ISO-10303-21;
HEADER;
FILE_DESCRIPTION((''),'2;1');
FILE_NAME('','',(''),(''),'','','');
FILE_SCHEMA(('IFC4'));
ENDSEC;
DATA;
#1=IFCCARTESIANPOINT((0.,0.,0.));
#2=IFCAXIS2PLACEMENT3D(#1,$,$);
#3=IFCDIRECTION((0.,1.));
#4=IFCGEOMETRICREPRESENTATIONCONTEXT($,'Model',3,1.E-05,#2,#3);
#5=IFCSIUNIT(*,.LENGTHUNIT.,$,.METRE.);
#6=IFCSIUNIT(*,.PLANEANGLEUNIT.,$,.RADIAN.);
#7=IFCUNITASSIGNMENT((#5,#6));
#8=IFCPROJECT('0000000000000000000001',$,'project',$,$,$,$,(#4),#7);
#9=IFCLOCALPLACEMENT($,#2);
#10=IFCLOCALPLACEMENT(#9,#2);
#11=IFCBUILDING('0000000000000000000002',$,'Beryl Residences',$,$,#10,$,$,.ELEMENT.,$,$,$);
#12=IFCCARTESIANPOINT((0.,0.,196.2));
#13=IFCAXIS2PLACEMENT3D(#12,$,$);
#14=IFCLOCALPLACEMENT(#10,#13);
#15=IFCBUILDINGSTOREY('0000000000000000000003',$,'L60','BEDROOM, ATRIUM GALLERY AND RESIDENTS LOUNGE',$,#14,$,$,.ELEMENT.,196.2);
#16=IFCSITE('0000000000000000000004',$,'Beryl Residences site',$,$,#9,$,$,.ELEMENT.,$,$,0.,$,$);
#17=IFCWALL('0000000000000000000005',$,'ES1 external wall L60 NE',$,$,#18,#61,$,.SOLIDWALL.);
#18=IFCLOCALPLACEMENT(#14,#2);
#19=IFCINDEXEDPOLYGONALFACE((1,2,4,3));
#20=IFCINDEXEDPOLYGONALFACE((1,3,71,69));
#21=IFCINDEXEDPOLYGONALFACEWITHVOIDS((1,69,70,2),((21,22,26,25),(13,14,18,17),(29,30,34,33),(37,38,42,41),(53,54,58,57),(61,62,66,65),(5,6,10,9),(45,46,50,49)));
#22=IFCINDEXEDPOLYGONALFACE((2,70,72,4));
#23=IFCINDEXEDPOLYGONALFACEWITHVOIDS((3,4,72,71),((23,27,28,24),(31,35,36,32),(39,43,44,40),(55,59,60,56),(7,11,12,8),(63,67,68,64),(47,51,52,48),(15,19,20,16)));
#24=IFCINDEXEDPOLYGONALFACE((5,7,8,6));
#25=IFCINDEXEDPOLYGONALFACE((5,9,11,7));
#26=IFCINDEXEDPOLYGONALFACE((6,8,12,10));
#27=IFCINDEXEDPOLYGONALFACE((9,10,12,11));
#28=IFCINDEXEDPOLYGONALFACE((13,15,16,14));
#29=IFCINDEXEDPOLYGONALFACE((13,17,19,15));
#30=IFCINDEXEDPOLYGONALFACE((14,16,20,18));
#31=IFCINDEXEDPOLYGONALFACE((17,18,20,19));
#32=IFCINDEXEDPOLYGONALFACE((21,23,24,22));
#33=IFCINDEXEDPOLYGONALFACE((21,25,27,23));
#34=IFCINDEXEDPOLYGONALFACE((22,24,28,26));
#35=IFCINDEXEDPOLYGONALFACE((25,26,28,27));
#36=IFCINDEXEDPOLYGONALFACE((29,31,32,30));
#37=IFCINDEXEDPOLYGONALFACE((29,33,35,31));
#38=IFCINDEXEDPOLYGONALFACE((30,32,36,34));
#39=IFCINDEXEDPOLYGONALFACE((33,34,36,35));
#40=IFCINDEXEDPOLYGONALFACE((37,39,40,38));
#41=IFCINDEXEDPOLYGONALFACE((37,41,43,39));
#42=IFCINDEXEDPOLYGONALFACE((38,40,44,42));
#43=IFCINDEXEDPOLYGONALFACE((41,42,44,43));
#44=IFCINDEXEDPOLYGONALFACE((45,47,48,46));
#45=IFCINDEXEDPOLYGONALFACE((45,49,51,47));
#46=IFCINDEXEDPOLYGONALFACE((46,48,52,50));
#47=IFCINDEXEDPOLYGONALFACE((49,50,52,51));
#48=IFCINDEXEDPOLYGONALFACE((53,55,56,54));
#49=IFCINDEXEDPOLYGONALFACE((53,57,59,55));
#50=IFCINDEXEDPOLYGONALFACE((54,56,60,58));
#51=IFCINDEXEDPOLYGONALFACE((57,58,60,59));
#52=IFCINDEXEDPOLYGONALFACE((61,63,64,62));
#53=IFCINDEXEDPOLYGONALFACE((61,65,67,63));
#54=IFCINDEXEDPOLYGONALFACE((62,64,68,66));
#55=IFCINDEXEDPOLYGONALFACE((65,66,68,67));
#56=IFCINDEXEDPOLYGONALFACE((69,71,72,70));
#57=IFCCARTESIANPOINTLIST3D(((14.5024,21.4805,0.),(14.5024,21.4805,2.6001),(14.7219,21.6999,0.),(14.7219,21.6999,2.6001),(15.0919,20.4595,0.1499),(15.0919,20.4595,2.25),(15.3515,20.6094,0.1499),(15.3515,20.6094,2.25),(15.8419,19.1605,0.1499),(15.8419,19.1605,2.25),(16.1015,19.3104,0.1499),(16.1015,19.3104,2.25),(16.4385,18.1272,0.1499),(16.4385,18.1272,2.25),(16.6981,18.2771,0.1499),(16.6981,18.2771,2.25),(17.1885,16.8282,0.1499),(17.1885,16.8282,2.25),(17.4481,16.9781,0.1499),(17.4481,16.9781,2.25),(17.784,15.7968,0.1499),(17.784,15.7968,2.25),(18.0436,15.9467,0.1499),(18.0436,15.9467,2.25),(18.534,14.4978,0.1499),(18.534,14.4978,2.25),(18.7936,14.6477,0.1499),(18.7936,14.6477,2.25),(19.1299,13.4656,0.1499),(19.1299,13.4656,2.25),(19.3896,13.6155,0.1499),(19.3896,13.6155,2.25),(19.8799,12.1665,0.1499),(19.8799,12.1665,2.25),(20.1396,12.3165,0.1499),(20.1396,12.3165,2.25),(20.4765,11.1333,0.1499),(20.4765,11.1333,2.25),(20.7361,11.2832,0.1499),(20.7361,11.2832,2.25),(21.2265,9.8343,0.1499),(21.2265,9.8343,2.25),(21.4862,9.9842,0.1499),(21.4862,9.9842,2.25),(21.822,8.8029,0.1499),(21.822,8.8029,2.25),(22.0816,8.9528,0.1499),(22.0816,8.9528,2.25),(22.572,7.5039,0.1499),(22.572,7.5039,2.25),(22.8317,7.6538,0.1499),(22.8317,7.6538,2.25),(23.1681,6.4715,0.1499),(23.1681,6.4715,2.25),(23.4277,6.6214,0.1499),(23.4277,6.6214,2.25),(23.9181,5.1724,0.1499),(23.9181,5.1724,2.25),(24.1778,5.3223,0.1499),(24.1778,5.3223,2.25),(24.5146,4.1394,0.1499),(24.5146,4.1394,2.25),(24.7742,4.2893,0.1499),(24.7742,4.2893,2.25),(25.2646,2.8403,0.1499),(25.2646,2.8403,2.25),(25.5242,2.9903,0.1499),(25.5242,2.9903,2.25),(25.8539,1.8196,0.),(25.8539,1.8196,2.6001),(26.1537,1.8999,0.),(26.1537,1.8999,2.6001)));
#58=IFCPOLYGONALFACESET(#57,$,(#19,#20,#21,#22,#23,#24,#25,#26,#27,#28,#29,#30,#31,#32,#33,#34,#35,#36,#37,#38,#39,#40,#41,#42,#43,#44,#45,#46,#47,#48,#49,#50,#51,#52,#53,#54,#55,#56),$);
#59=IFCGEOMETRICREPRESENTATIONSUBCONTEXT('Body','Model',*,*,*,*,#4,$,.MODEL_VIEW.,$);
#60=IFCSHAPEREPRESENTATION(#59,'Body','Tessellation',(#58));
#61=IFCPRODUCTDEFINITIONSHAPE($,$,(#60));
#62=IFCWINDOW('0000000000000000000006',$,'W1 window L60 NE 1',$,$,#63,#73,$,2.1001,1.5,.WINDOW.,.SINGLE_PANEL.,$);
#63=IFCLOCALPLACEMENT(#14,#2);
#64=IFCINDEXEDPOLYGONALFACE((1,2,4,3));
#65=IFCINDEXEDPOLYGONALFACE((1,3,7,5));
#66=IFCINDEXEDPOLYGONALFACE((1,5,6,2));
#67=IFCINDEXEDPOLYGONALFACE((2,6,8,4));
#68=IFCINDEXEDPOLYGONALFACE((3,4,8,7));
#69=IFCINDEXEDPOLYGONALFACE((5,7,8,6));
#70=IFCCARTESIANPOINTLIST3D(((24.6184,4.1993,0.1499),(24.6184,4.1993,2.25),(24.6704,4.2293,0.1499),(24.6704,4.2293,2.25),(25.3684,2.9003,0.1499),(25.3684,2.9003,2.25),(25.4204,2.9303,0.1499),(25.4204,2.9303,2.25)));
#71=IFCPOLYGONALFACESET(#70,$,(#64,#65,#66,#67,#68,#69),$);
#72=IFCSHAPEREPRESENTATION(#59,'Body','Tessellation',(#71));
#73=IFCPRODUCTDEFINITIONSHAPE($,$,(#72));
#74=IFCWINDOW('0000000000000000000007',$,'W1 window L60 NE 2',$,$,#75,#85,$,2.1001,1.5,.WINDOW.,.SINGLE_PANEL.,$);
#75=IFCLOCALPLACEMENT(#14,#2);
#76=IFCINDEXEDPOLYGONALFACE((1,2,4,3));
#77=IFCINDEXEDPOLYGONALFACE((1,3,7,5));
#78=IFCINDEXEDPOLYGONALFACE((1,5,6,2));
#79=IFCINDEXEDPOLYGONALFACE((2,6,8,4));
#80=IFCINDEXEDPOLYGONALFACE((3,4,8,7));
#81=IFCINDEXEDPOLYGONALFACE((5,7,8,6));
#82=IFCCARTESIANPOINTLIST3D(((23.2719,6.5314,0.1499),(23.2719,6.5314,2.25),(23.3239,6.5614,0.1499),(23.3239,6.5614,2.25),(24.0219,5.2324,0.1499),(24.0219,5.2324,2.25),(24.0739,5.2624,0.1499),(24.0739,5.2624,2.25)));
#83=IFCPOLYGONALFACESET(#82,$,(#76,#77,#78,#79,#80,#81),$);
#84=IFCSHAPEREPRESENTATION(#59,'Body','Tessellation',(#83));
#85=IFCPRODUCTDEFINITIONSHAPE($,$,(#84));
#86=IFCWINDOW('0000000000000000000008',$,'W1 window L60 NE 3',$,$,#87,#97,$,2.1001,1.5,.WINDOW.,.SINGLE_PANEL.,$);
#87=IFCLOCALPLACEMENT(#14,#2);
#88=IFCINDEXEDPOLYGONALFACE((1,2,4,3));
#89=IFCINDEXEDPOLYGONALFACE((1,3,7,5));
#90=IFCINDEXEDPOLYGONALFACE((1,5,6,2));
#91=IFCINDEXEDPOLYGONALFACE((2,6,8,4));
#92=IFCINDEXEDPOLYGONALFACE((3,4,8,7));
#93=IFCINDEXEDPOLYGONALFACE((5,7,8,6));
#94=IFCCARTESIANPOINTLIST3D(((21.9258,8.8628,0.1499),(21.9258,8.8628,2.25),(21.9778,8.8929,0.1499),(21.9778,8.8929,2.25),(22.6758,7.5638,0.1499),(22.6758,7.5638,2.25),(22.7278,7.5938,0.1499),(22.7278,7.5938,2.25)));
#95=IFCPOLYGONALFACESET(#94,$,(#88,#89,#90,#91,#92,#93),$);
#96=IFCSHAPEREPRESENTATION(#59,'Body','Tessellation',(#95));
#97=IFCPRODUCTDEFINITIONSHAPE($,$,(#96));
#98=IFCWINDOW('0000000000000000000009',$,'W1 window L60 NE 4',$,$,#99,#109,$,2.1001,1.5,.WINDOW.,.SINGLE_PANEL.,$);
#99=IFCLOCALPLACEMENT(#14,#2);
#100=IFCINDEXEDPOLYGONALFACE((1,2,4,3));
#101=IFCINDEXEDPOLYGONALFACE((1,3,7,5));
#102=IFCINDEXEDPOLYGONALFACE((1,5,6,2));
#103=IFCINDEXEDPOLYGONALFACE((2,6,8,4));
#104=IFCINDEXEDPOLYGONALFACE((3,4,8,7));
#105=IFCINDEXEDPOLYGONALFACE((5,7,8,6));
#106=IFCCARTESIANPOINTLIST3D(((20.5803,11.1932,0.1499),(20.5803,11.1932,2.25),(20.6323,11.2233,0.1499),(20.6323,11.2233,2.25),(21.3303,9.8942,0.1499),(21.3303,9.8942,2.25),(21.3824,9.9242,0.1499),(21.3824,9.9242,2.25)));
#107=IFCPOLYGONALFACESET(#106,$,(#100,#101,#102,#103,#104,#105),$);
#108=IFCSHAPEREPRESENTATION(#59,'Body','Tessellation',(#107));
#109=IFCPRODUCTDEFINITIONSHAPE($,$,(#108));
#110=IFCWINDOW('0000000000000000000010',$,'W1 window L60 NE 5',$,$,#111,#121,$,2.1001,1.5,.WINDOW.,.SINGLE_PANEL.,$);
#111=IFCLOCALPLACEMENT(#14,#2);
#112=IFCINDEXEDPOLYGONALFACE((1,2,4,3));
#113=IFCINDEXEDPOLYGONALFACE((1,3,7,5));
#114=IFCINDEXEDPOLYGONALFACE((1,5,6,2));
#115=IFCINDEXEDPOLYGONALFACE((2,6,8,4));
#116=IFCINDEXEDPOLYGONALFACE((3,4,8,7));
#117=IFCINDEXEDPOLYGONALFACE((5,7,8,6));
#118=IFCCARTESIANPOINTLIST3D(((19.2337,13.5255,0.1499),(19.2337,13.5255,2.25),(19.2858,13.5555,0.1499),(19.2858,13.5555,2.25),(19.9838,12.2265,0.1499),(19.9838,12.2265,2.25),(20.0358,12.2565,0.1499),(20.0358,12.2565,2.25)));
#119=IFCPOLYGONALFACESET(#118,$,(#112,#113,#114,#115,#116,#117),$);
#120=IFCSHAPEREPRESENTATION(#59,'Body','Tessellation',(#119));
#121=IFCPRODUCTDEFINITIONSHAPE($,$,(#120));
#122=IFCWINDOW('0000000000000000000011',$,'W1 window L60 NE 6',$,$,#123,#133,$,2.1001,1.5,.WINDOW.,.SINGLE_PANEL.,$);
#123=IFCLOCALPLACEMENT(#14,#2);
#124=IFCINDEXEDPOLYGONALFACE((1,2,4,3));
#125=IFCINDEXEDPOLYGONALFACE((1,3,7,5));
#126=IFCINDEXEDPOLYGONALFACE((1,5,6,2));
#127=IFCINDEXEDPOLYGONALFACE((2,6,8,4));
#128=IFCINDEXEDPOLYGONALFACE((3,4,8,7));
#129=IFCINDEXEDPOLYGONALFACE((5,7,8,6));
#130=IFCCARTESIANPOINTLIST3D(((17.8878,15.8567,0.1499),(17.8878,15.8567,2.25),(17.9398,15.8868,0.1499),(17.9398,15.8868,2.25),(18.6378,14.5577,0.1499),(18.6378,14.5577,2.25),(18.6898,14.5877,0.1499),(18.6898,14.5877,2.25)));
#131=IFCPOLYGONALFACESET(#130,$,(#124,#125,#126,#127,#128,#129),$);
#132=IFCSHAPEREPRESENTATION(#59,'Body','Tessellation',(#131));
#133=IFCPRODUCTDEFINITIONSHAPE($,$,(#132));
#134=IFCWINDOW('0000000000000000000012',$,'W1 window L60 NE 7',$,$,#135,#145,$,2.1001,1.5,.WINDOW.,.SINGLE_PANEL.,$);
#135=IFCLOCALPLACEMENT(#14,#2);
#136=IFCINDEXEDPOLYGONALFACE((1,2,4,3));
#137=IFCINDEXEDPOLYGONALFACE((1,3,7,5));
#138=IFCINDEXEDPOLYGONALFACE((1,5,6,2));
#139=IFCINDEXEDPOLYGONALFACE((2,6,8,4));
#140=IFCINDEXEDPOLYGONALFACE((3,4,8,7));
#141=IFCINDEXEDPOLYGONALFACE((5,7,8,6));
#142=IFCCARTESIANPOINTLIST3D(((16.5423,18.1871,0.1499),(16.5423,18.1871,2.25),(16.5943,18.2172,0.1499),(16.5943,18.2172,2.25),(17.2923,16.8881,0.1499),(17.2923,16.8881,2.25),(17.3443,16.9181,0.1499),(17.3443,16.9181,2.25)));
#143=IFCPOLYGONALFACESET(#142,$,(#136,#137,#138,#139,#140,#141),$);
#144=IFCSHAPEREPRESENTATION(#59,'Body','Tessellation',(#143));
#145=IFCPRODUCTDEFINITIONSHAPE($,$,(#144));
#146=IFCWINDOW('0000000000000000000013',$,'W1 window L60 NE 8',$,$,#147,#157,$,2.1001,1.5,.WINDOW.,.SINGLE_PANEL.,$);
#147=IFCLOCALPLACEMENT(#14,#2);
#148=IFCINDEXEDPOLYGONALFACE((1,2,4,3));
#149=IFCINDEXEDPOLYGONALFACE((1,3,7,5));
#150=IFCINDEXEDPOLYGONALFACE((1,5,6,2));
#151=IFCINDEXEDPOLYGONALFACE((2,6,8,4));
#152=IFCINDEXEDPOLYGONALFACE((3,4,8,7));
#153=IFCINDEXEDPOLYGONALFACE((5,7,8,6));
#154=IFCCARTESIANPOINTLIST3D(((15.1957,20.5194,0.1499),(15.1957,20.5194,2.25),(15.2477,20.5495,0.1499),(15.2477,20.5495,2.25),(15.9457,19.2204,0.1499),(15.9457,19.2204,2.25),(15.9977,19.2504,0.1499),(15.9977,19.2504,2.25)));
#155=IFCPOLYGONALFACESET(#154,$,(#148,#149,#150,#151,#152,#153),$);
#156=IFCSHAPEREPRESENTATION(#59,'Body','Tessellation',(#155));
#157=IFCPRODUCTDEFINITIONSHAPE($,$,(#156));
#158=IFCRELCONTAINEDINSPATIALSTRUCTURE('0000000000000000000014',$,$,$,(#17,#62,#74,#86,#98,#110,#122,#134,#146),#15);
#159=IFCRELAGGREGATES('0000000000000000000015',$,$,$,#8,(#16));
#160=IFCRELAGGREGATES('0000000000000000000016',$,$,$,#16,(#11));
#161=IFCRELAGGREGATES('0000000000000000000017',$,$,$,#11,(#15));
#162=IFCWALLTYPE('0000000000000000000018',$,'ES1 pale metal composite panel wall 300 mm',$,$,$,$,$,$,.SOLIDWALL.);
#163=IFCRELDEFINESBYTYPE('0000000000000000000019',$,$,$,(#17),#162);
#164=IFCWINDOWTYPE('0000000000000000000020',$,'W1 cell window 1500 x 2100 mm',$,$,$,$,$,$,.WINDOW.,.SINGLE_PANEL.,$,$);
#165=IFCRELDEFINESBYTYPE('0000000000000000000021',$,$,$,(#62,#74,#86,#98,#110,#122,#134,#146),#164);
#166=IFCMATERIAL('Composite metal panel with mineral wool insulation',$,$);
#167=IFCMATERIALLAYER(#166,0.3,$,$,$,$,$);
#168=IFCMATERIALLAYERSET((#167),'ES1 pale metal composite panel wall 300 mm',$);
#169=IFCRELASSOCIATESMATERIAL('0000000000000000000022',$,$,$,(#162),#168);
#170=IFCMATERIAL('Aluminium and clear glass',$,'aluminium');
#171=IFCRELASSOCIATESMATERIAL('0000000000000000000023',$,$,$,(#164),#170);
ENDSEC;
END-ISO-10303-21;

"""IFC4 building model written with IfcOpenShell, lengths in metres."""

from ifc_helpers import new_model, si_unit, direction, frame, frame_2d, origin, place, context, subcontext, project, spatial, polyline, rectangle, outline, extrude, material, layer, layer_set, type_object, element, fill, save


model = new_model("IFC4")

# Units and contexts
model_context = context("Model", 3, precision=1e-05, world=origin(), true_north=direction((0.0, 1.0)))
body_context = subcontext(model_context, "Body", "Model", "MODEL_VIEW")
ifc_project = project(units=[si_unit("LENGTHUNIT", "METRE"), si_unit("PLANEANGLEUNIT", "RADIAN")], contexts=[model_context])

# Site, building, storey
site_placement = place(None, origin())
site = spatial("IfcSite", under=ifc_project, at=site_placement, Name="Beryl Residences site", CompositionType="ELEMENT", RefElevation=0.0)
building_placement = place(site_placement, origin())
building = spatial("IfcBuilding", under=site, at=building_placement, Name="Beryl Residences", CompositionType="ELEMENT")
storey_placement = place(building_placement, frame((0.0, 0.0, 196.2)))
storey = spatial("IfcBuildingStorey", under=building, at=storey_placement, Name="L60", Description="BEDROOM, ATRIUM GALLERY AND RESIDENTS LOUNGE", CompositionType="ELEMENT", Elevation=196.2)

# Wall, openings, windows
ifc_material_1 = material(Name="Composite metal panel with mineral wool insulation")
ifc_layer_1 = layer(ifc_material_1, 0.3)
ifc_layer_set_1 = layer_set([ifc_layer_1], Name="ES1 pale metal composite panel wall 300 mm")
wall_type_1 = type_object("IfcWallType", Name="ES1 pale metal composite panel wall 300 mm", PredefinedType="SOLIDWALL", material=ifc_layer_set_1)
wall_1_placement = place(storey_placement, frame((26.0239, 1.825, 0.0), z_axis=(0.0, 0.0, 1.0), x_axis=(-0.500011, 0.866019, 0.0)))
wall_1 = element("IfcWall", 1, at=wall_1_placement, inside=storey, type_object=wall_type_1, Name="ES1 external wall L60 NE", PredefinedType="SOLIDWALL", context=body_context, shape_type="SweptSolid", body=[
    extrude(outline(polyline([(0.0, -0.1499), (22.8633, -0.1499), (22.783, 0.1499), (0.0803, 0.1499), (0.0, -0.1499)])), origin(), (0.0, 0.0, 1.0), 2.6001),
])
opening_1_placement = place(wall_1_placement, frame((1.259, 0.0, 0.1499)))
opening_1 = element("IfcOpeningElement", 2, at=opening_1_placement, cuts=wall_1, PredefinedType="OPENING", context=body_context, shape_type="SweptSolid", body=[
    extrude(rectangle(XDim=1.5, YDim=2.1001, at=frame_2d((0.75, 1.05))), frame((0.0, 0.1599, 0.0), z_axis=(0.0, -1.0, 0.0), x_axis=(1.0, 0.0, 0.0)), (0.0, 0.0, 1.0), 0.3201),
])
opening_2_placement = place(wall_1_placement, frame((3.9519, 0.0, 0.1499)))
opening_2 = element("IfcOpeningElement", 3, at=opening_2_placement, cuts=wall_1, PredefinedType="OPENING", context=body_context, shape_type="SweptSolid", body=[
    extrude(rectangle(XDim=1.5, YDim=2.1001, at=frame_2d((0.75, 1.05))), frame((0.0, 0.1599, 0.0), z_axis=(0.0, -1.0, 0.0), x_axis=(1.0, 0.0, 0.0)), (0.0, 0.0, 1.0), 0.3201),
])
opening_3_placement = place(wall_1_placement, frame((6.644, 0.0, 0.1499)))
opening_3 = element("IfcOpeningElement", 4, at=opening_3_placement, cuts=wall_1, PredefinedType="OPENING", context=body_context, shape_type="SweptSolid", body=[
    extrude(rectangle(XDim=1.5, YDim=2.1001, at=frame_2d((0.75, 1.05))), frame((0.0, 0.1599, 0.0), z_axis=(0.0, -1.0, 0.0), x_axis=(1.0, 0.0, 0.0)), (0.0, 0.0, 1.0), 0.3201),
])
opening_4_placement = place(wall_1_placement, frame((9.335, 0.0, 0.1499)))
opening_4 = element("IfcOpeningElement", 5, at=opening_4_placement, cuts=wall_1, PredefinedType="OPENING", context=body_context, shape_type="SweptSolid", body=[
    extrude(rectangle(XDim=1.5, YDim=2.1001, at=frame_2d((0.75, 1.05))), frame((0.0, 0.1599, 0.0), z_axis=(0.0, -1.0, 0.0), x_axis=(1.0, 0.0, 0.0)), (0.0, 0.0, 1.0), 0.3201),
])
opening_5_placement = place(wall_1_placement, frame((12.0281, 0.0, 0.1499)))
opening_5 = element("IfcOpeningElement", 6, at=opening_5_placement, cuts=wall_1, PredefinedType="OPENING", context=body_context, shape_type="SweptSolid", body=[
    extrude(rectangle(XDim=1.5, YDim=2.1001, at=frame_2d((0.75, 1.05))), frame((0.0, 0.1599, 0.0), z_axis=(0.0, -1.0, 0.0), x_axis=(1.0, 0.0, 0.0)), (0.0, 0.0, 1.0), 0.3201),
])
opening_6_placement = place(wall_1_placement, frame((14.72, 0.0, 0.1499)))
opening_6 = element("IfcOpeningElement", 7, at=opening_6_placement, cuts=wall_1, PredefinedType="OPENING", context=body_context, shape_type="SweptSolid", body=[
    extrude(rectangle(XDim=1.5, YDim=2.1001, at=frame_2d((0.75, 1.05))), frame((0.0, 0.1599, 0.0), z_axis=(0.0, -1.0, 0.0), x_axis=(1.0, 0.0, 0.0)), (0.0, 0.0, 1.0), 0.3201),
])
opening_7_placement = place(wall_1_placement, frame((17.4109, 0.0, 0.1499)))
opening_7 = element("IfcOpeningElement", 8, at=opening_7_placement, cuts=wall_1, PredefinedType="OPENING", context=body_context, shape_type="SweptSolid", body=[
    extrude(rectangle(XDim=1.5, YDim=2.1001, at=frame_2d((0.75, 1.05))), frame((0.0, 0.1599, 0.0), z_axis=(0.0, -1.0, 0.0), x_axis=(1.0, 0.0, 0.0)), (0.0, 0.0, 1.0), 0.3201),
])
opening_8_placement = place(wall_1_placement, frame((20.104, 0.0, 0.1499)))
opening_8 = element("IfcOpeningElement", 9, at=opening_8_placement, cuts=wall_1, PredefinedType="OPENING", context=body_context, shape_type="SweptSolid", body=[
    extrude(rectangle(XDim=1.5, YDim=2.1001, at=frame_2d((0.75, 1.05))), frame((0.0, 0.1599, 0.0), z_axis=(0.0, -1.0, 0.0), x_axis=(1.0, 0.0, 0.0)), (0.0, 0.0, 1.0), 0.3201),
])
ifc_material_2 = material(Name="Aluminium and clear glass", Category="aluminium")
window_type = type_object("IfcWindowType", Name="W1 cell window 1500 x 2100 mm", PartitioningType="SINGLE_PANEL", PredefinedType="WINDOW", material=ifc_material_2)
window_1_placement = place(opening_1_placement, origin())
window_1 = element("IfcWindow", 10, at=window_1_placement, inside=storey, type_object=window_type, Name="W1 window L60 NE 1", OverallHeight=2.1001, OverallWidth=1.5, PartitioningType="SINGLE_PANEL", PredefinedType="WINDOW", context=body_context, shape_type="SweptSolid", body=[
    extrude(rectangle(XDim=1.5, YDim=2.1001, at=frame_2d((0.75, 1.05))), frame((0.0, 0.03, 0.0), z_axis=(0.0, -1.0, 0.0), x_axis=(1.0, 0.0, 0.0)), (0.0, 0.0, 1.0), 0.0601),
])
fill(opening_1, window_1)
window_2_placement = place(opening_2_placement, origin())
window_2 = element("IfcWindow", 11, at=window_2_placement, inside=storey, type_object=window_type, Name="W1 window L60 NE 2", OverallHeight=2.1001, OverallWidth=1.5, PartitioningType="SINGLE_PANEL", PredefinedType="WINDOW", context=body_context, shape_type="SweptSolid", body=[
    extrude(rectangle(XDim=1.5, YDim=2.1001, at=frame_2d((0.75, 1.05))), frame((0.0, 0.03, 0.0), z_axis=(0.0, -1.0, 0.0), x_axis=(1.0, 0.0, 0.0)), (0.0, 0.0, 1.0), 0.0601),
])
fill(opening_2, window_2)
window_3_placement = place(opening_3_placement, origin())
window_3 = element("IfcWindow", 12, at=window_3_placement, inside=storey, type_object=window_type, Name="W1 window L60 NE 3", OverallHeight=2.1001, OverallWidth=1.5, PartitioningType="SINGLE_PANEL", PredefinedType="WINDOW", context=body_context, shape_type="SweptSolid", body=[
    extrude(rectangle(XDim=1.5, YDim=2.1001, at=frame_2d((0.75, 1.05))), frame((0.0, 0.03, 0.0), z_axis=(0.0, -1.0, 0.0), x_axis=(1.0, 0.0, 0.0)), (0.0, 0.0, 1.0), 0.0601),
])
fill(opening_3, window_3)
window_4_placement = place(opening_4_placement, origin())
window_4 = element("IfcWindow", 13, at=window_4_placement, inside=storey, type_object=window_type, Name="W1 window L60 NE 4", OverallHeight=2.1001, OverallWidth=1.5, PartitioningType="SINGLE_PANEL", PredefinedType="WINDOW", context=body_context, shape_type="SweptSolid", body=[
    extrude(rectangle(XDim=1.5, YDim=2.1001, at=frame_2d((0.75, 1.05))), frame((0.0, 0.03, 0.0), z_axis=(0.0, -1.0, 0.0), x_axis=(1.0, 0.0, 0.0)), (0.0, 0.0, 1.0), 0.0601),
])
fill(opening_4, window_4)
window_5_placement = place(opening_5_placement, origin())
window_5 = element("IfcWindow", 14, at=window_5_placement, inside=storey, type_object=window_type, Name="W1 window L60 NE 5", OverallHeight=2.1001, OverallWidth=1.5, PartitioningType="SINGLE_PANEL", PredefinedType="WINDOW", context=body_context, shape_type="SweptSolid", body=[
    extrude(rectangle(XDim=1.5, YDim=2.1001, at=frame_2d((0.75, 1.05))), frame((0.0, 0.03, 0.0), z_axis=(0.0, -1.0, 0.0), x_axis=(1.0, 0.0, 0.0)), (0.0, 0.0, 1.0), 0.0601),
])
fill(opening_5, window_5)
window_6_placement = place(opening_6_placement, origin())
window_6 = element("IfcWindow", 15, at=window_6_placement, inside=storey, type_object=window_type, Name="W1 window L60 NE 6", OverallHeight=2.1001, OverallWidth=1.5, PartitioningType="SINGLE_PANEL", PredefinedType="WINDOW", context=body_context, shape_type="SweptSolid", body=[
    extrude(rectangle(XDim=1.5, YDim=2.1001, at=frame_2d((0.75, 1.05))), frame((0.0, 0.03, 0.0), z_axis=(0.0, -1.0, 0.0), x_axis=(1.0, 0.0, 0.0)), (0.0, 0.0, 1.0), 0.0601),
])
fill(opening_6, window_6)
window_7_placement = place(opening_7_placement, origin())
window_7 = element("IfcWindow", 16, at=window_7_placement, inside=storey, type_object=window_type, Name="W1 window L60 NE 7", OverallHeight=2.1001, OverallWidth=1.5, PartitioningType="SINGLE_PANEL", PredefinedType="WINDOW", context=body_context, shape_type="SweptSolid", body=[
    extrude(rectangle(XDim=1.5, YDim=2.1001, at=frame_2d((0.75, 1.05))), frame((0.0, 0.03, 0.0), z_axis=(0.0, -1.0, 0.0), x_axis=(1.0, 0.0, 0.0)), (0.0, 0.0, 1.0), 0.0601),
])
fill(opening_7, window_7)
window_8_placement = place(opening_8_placement, origin())
window_8 = element("IfcWindow", 17, at=window_8_placement, inside=storey, type_object=window_type, Name="W1 window L60 NE 8", OverallHeight=2.1001, OverallWidth=1.5, PartitioningType="SINGLE_PANEL", PredefinedType="WINDOW", context=body_context, shape_type="SweptSolid", body=[
    extrude(rectangle(XDim=1.5, YDim=2.1001, at=frame_2d((0.75, 1.05))), frame((0.0, 0.03, 0.0), z_axis=(0.0, -1.0, 0.0), x_axis=(1.0, 0.0, 0.0)), (0.0, 0.0, 1.0), 0.0601),
])
fill(opening_8, window_8)

save(model, "model.ifc")
